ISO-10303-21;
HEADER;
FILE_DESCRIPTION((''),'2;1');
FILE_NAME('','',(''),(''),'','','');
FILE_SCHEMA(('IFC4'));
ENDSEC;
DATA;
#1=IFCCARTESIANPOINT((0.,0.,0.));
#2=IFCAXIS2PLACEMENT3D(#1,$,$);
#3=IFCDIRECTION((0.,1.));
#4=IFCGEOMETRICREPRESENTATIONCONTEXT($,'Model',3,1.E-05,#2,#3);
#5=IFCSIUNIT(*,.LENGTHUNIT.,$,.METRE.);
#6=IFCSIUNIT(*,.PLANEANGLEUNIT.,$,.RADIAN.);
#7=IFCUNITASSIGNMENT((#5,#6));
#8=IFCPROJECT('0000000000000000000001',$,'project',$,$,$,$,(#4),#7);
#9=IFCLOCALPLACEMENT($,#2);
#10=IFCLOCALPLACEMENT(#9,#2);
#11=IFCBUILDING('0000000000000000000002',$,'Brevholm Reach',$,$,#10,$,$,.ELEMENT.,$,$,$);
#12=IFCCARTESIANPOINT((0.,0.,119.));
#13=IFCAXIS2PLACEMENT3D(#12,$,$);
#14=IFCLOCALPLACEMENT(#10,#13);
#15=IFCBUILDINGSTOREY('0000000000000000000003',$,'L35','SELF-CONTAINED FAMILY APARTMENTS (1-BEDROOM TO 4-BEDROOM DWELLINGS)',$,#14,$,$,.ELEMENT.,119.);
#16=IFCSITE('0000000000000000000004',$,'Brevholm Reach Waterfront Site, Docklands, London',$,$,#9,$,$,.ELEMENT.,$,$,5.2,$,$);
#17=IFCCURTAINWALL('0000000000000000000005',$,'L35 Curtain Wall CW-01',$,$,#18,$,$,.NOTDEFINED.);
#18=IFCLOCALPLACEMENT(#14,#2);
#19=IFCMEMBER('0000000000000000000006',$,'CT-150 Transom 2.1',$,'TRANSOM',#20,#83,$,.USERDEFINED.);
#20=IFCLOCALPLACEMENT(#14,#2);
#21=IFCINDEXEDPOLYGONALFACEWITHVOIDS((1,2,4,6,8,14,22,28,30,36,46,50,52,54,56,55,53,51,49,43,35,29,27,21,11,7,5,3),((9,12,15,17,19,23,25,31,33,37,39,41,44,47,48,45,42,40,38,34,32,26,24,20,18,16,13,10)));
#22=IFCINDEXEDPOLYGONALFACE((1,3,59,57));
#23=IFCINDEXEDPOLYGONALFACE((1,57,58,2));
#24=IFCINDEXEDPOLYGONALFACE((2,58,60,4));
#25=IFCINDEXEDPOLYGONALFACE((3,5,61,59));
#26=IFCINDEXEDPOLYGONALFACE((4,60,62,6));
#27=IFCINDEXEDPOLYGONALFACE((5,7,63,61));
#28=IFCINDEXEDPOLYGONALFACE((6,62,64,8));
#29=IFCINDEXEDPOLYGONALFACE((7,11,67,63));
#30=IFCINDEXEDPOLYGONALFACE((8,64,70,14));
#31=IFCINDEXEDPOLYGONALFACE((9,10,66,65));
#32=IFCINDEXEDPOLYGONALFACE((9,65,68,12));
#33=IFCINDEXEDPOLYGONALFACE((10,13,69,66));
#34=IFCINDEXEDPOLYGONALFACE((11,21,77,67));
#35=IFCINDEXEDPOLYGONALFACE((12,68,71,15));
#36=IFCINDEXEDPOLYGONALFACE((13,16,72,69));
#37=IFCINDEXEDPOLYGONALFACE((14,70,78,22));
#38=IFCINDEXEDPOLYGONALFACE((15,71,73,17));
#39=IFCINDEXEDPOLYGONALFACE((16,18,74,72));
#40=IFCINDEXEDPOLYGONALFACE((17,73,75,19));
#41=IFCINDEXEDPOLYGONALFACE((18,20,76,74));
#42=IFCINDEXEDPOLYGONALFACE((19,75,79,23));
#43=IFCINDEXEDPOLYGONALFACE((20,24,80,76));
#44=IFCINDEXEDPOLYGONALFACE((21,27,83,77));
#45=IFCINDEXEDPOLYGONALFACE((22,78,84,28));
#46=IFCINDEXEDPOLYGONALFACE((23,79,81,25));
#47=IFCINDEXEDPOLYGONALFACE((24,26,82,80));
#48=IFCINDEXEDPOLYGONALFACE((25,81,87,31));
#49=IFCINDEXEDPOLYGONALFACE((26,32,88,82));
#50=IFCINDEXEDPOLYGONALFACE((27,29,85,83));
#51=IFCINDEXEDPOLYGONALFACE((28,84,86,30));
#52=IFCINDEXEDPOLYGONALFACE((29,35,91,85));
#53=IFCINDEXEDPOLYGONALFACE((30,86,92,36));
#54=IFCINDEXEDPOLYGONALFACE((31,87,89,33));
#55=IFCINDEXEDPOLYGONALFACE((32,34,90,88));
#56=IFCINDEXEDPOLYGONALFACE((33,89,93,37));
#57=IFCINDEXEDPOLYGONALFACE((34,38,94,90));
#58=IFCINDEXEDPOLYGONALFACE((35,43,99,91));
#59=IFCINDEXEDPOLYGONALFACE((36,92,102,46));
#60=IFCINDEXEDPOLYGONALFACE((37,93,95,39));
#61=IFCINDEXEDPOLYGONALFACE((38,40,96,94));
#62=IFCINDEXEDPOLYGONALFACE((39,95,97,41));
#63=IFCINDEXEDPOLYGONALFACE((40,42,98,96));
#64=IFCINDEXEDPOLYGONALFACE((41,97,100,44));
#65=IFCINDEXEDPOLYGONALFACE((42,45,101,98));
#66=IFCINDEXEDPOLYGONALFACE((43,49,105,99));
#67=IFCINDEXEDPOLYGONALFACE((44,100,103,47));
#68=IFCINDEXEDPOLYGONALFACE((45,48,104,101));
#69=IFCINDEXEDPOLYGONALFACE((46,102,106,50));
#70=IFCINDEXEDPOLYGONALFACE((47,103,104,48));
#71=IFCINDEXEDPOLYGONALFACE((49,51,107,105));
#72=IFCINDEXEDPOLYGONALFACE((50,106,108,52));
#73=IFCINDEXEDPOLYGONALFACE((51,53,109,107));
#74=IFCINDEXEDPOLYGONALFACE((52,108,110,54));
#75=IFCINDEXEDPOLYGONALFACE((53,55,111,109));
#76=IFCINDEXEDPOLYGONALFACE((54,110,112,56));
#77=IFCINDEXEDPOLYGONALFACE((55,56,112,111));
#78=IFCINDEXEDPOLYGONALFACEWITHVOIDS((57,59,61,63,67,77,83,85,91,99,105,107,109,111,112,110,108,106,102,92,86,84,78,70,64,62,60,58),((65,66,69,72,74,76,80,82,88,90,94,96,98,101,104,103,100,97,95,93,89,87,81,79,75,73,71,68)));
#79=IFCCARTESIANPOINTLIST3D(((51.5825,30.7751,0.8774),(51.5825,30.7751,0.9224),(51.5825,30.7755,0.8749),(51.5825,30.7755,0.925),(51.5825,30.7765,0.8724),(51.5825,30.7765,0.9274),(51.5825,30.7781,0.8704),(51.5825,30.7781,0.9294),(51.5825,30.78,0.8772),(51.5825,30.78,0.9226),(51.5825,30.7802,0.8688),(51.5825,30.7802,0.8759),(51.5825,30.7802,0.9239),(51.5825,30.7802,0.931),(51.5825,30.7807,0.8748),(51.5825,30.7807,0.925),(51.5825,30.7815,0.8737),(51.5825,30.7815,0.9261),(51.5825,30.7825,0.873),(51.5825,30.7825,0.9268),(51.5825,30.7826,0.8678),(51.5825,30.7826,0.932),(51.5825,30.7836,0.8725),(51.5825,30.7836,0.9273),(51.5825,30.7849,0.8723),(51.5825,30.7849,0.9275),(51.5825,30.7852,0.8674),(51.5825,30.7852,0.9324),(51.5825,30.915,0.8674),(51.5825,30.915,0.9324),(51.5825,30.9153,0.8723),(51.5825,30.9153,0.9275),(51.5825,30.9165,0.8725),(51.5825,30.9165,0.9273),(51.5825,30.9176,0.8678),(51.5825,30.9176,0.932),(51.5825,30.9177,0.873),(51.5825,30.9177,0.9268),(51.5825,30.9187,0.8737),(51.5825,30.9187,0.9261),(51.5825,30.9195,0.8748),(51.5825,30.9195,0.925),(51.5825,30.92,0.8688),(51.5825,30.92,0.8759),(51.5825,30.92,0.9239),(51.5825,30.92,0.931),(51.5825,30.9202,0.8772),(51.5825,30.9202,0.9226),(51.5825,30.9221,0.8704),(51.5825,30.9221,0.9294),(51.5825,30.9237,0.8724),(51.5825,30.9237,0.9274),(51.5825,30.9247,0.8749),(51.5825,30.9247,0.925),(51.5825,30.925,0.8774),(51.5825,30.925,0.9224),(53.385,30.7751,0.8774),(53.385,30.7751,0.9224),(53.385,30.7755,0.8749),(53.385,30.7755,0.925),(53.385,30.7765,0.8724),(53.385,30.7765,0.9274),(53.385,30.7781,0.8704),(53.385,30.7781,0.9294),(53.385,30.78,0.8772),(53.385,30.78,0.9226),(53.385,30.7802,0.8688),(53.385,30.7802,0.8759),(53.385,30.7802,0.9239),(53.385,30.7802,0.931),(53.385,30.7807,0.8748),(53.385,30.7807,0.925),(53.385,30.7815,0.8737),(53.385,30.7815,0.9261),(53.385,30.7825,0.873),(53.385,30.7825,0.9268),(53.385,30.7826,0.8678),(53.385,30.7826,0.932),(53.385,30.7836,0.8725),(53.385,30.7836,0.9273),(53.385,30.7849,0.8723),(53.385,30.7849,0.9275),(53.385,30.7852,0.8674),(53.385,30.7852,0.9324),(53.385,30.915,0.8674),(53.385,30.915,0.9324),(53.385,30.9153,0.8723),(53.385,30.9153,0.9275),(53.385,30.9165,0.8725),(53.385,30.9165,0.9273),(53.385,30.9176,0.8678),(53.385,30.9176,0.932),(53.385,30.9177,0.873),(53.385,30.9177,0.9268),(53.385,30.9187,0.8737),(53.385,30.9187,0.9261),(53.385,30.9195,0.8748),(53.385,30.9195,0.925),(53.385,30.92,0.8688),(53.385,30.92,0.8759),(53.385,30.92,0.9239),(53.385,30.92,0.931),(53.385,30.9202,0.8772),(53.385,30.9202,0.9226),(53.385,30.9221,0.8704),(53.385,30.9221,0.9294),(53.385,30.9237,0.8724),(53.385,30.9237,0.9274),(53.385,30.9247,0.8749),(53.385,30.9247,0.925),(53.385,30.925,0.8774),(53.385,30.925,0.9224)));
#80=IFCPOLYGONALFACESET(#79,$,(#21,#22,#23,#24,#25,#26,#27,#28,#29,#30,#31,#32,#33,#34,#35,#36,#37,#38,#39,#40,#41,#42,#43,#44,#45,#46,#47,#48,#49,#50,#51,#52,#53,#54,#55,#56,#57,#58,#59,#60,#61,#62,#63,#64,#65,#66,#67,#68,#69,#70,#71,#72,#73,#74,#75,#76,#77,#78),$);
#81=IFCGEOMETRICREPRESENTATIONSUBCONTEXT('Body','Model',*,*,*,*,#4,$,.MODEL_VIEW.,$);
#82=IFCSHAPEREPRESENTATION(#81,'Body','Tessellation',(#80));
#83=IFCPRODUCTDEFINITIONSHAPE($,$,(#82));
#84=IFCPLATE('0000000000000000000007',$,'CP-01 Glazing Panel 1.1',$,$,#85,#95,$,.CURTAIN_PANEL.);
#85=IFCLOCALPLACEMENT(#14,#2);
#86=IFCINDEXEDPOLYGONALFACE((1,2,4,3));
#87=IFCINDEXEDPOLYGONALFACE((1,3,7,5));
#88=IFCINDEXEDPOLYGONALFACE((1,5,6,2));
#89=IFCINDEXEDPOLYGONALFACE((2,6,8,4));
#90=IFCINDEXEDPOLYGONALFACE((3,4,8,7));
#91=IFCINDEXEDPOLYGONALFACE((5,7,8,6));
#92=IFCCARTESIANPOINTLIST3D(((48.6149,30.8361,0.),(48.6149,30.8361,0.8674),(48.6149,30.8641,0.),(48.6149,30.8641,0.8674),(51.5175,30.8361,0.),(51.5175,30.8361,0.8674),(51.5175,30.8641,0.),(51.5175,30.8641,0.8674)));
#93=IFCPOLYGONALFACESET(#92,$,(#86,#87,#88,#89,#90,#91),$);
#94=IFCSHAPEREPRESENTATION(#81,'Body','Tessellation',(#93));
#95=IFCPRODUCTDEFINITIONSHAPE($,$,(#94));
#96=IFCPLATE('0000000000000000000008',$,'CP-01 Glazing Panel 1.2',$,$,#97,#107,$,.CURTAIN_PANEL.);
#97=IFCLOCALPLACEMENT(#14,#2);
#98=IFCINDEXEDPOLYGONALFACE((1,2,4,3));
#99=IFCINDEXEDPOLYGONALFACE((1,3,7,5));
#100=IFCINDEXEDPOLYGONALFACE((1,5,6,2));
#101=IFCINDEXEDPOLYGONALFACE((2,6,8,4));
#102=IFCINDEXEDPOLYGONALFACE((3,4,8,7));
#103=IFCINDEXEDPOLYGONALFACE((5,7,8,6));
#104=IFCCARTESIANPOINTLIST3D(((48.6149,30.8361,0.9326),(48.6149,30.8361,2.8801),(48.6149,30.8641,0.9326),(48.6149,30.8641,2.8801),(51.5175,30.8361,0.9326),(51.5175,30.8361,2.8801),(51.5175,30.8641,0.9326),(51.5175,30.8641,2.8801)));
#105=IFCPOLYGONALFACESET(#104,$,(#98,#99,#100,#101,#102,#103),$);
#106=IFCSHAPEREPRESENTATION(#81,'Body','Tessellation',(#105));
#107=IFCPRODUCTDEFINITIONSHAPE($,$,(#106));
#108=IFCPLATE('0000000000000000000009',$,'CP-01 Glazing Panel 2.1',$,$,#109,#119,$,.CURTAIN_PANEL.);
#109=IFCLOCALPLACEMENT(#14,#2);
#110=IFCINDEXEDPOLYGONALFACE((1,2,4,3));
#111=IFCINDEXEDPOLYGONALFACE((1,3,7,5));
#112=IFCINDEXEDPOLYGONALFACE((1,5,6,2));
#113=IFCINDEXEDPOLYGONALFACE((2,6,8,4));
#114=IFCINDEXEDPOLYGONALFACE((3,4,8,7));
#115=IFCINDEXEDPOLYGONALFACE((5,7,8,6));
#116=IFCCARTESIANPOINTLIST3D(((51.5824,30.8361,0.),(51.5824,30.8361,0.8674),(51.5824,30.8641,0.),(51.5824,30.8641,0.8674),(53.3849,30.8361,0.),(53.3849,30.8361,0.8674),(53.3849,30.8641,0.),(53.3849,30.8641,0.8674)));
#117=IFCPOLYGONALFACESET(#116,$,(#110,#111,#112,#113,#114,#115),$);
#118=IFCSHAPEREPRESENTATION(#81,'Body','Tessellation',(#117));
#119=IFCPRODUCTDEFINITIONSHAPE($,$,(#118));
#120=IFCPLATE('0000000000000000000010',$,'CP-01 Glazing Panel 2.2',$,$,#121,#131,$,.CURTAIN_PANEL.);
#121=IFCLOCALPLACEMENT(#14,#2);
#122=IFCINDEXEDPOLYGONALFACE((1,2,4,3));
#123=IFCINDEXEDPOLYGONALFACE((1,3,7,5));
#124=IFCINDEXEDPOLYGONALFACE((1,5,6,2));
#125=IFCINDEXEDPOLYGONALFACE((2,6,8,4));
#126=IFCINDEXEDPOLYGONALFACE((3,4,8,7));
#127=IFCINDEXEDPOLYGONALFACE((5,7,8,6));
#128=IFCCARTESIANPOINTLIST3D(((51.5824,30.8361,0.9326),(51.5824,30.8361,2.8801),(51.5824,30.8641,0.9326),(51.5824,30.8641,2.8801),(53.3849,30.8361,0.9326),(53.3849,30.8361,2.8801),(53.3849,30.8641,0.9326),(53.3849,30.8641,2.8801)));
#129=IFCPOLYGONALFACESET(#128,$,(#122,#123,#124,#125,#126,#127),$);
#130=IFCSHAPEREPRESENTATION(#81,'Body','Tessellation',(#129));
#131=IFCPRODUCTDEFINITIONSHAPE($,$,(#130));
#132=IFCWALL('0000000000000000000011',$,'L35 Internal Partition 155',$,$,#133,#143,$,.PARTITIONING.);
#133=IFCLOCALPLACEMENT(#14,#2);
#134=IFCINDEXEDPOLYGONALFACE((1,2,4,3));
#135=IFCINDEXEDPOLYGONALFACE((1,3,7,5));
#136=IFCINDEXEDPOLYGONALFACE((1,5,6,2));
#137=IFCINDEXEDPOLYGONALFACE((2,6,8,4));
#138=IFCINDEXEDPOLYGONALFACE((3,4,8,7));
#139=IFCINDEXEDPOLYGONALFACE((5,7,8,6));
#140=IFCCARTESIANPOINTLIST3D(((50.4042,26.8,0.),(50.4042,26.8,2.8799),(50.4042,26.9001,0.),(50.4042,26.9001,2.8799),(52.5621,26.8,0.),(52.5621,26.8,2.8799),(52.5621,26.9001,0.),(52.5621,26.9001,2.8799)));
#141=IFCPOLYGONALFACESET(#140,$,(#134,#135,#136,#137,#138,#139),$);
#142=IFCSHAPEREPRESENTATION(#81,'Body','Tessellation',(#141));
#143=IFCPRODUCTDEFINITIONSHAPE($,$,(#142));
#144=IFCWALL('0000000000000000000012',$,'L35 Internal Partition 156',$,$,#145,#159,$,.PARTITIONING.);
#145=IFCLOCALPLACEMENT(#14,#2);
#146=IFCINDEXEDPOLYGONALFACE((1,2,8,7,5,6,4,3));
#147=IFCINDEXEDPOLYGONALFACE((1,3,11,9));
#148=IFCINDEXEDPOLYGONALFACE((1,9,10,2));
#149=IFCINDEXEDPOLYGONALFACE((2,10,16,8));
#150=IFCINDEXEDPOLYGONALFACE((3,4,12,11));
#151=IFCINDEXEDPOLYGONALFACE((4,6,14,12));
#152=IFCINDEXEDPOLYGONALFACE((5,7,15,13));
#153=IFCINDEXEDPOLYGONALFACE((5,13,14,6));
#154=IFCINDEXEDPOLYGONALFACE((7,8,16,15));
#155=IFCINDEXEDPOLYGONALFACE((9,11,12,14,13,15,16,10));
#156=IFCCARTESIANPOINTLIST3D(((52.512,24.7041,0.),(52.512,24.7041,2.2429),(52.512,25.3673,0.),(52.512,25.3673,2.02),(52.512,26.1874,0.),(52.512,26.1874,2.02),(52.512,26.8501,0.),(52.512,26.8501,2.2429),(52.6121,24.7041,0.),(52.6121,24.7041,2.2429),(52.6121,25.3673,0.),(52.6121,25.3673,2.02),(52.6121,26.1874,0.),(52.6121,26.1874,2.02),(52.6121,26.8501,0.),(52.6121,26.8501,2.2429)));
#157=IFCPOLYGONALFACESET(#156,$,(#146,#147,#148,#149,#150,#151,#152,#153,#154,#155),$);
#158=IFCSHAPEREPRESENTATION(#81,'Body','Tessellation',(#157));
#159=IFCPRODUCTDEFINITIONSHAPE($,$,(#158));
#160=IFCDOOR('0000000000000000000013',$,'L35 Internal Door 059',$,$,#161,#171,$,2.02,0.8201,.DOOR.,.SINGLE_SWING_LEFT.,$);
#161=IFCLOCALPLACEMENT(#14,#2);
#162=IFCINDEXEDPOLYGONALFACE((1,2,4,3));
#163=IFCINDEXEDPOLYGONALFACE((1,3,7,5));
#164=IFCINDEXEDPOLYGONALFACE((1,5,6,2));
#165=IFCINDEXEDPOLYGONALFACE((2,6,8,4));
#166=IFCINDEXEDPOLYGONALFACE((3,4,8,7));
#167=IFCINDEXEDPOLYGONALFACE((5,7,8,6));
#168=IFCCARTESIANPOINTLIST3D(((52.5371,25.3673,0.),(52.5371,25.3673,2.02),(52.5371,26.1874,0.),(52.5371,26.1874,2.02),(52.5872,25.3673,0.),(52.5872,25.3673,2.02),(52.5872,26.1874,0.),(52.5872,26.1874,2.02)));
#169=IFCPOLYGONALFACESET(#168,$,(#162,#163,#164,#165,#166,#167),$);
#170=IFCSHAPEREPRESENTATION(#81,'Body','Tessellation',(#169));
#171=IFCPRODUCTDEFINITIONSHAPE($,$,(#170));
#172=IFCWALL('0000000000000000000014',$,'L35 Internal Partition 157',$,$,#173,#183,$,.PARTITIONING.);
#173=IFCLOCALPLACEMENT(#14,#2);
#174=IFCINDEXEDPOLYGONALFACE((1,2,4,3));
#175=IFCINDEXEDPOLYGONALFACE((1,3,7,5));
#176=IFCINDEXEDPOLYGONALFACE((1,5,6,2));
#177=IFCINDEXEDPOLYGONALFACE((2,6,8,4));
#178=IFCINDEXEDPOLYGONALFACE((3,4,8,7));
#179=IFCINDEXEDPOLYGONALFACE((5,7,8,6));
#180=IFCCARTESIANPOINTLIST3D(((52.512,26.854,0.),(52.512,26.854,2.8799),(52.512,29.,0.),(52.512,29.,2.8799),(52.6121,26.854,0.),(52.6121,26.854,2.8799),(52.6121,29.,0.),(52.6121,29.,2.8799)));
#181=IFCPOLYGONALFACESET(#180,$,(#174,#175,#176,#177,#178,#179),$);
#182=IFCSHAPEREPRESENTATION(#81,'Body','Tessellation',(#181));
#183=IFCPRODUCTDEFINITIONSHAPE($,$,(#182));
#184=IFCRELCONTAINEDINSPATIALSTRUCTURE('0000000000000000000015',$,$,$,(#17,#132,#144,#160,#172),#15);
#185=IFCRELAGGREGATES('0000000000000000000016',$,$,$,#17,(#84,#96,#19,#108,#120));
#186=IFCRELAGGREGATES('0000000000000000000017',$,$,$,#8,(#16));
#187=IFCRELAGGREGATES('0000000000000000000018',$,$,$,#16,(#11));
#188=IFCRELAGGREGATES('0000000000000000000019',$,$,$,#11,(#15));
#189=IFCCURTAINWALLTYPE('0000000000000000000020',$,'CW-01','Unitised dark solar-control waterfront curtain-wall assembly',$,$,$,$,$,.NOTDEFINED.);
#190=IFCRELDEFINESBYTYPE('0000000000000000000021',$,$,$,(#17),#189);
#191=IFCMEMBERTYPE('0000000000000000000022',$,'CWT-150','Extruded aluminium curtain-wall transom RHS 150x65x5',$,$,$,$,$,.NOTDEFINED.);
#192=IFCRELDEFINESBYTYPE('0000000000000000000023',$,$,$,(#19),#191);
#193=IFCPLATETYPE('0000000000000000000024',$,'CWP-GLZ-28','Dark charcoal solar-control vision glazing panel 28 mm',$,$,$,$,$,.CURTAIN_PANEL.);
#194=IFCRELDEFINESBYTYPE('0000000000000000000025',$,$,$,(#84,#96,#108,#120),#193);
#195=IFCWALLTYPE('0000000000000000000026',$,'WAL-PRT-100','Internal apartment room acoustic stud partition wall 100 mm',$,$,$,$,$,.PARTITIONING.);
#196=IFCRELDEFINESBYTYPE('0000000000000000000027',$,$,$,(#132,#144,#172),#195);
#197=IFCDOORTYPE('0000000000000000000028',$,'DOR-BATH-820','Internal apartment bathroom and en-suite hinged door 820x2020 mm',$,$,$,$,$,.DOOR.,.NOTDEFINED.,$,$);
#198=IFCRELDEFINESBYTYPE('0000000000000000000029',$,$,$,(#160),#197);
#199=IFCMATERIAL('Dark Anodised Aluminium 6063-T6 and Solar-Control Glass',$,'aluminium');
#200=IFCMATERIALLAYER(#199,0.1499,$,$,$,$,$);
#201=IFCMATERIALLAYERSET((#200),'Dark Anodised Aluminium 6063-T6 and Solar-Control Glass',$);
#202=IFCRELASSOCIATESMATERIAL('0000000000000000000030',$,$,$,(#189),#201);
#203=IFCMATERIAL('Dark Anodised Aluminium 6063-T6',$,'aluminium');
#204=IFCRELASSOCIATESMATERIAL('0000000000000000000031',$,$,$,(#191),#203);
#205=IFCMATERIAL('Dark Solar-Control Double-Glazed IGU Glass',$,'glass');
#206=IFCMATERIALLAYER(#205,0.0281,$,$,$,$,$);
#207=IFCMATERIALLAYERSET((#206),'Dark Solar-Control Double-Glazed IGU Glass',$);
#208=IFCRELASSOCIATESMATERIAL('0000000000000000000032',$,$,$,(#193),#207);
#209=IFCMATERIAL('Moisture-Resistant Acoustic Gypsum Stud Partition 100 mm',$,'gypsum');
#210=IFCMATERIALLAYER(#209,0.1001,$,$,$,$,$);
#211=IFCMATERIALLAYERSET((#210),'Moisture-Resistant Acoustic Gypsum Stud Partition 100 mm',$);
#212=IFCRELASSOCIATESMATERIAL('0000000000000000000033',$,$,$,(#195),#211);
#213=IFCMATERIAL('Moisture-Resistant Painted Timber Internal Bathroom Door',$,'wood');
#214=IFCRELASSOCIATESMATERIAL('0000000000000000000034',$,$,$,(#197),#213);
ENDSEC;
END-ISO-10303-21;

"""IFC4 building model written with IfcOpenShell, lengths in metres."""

from ifc_helpers import new_model, si_unit, direction, frame, frame_2d, origin, origin_2d, place, context, subcontext, project, spatial, rectangle, hollow_rectangle, extrude, material, layer, layer_set, material_profile, profile_set, type_object, element, fill, aggregate, save


model = new_model("IFC4")

# Units and contexts
model_context = context("Model", 3, precision=1e-05, world=origin(), true_north=direction((0.0, 1.0)))
body_context = subcontext(model_context, "Body", "Model", "MODEL_VIEW")
ifc_project = project(units=[si_unit("LENGTHUNIT", "METRE"), si_unit("PLANEANGLEUNIT", "RADIAN")], contexts=[model_context])

# Site, building, storey
site_placement = place(None, origin())
site = spatial("IfcSite", under=ifc_project, at=site_placement, Name="Brevholm Reach Waterfront Site, Docklands, London", CompositionType="ELEMENT", RefElevation=5.2)
building_placement = place(site_placement, origin())
building = spatial("IfcBuilding", under=site, at=building_placement, Name="Brevholm Reach", CompositionType="ELEMENT")
storey_placement = place(building_placement, frame((0.0, 0.0, 119.0)))
storey = spatial("IfcBuildingStorey", under=building, at=storey_placement, Name="L35", Description="SELF-CONTAINED FAMILY APARTMENTS (1-BEDROOM TO 4-BEDROOM DWELLINGS)", CompositionType="ELEMENT", Elevation=119.0)

# Curtain wall, member, plates
ifc_material_1 = material(Name="Dark Anodised Aluminium 6063-T6 and Solar-Control Glass", Category="aluminium")
ifc_layer_1 = layer(ifc_material_1, 0.1499)
ifc_layer_set_1 = layer_set([ifc_layer_1], Name="Dark Anodised Aluminium 6063-T6 and Solar-Control Glass")
curtain_wall_type = type_object("IfcCurtainWallType", Name="CW-01", Description="Unitised dark solar-control waterfront curtain-wall assembly", PredefinedType="NOTDEFINED", material=ifc_layer_set_1)
curtain_wall_placement = place(storey_placement, origin())
curtain_wall = element("IfcCurtainWall", 1, at=curtain_wall_placement, inside=storey, type_object=curtain_wall_type, Name="L35 Curtain Wall CW-01", PredefinedType="NOTDEFINED")
ifc_material_2 = material(Name="Dark Anodised Aluminium 6063-T6", Category="aluminium")
ifc_material_profile_1 = material_profile(ifc_material_2, hollow_rectangle(XDim=0.0649, YDim=0.1499, WallThickness=0.0049, InnerFilletRadius=0.0049, OuterFilletRadius=0.01, at=origin_2d()), Name="RHS 150x65x5")
ifc_profile_set_1 = profile_set([ifc_material_profile_1], Name="Dark Anodised Aluminium 6063-T6")
member_type_1 = type_object("IfcMemberType", Name="CWT-150", Description="Extruded aluminium curtain-wall transom RHS 150x65x5", PredefinedType="NOTDEFINED", material=ifc_profile_set_1)
member_1_placement = place(storey_placement, frame((51.5825, 30.8501, 0.8999), z_axis=(1.0, 0.0, 0.0), x_axis=(0.0, 0.0, 1.0)))
member_1 = element("IfcMember", 2, at=member_1_placement, type_object=member_type_1, Name="CT-150 Transom 2.1", ObjectType="TRANSOM", PredefinedType="USERDEFINED", context=body_context, shape_type="SweptSolid", body=[
    extrude(hollow_rectangle(XDim=0.0649, YDim=0.1499, WallThickness=0.0049, InnerFilletRadius=0.0049, OuterFilletRadius=0.01, at=origin_2d()), origin(), (0.0, 0.0, 1.0), 1.8025),
])
ifc_material_3 = material(Name="Dark Solar-Control Double-Glazed IGU Glass", Category="glass")
ifc_layer_2 = layer(ifc_material_3, 0.0281)
ifc_layer_set_2 = layer_set([ifc_layer_2], Name="Dark Solar-Control Double-Glazed IGU Glass")
plate_type = type_object("IfcPlateType", Name="CWP-GLZ-28", Description="Dark charcoal solar-control vision glazing panel 28 mm", PredefinedType="CURTAIN_PANEL", material=ifc_layer_set_2)
plate_1_placement = place(storey_placement, frame((50.0662, 30.8501, 0.0), z_axis=(0.0, 0.0, 1.0), x_axis=(1.0, 0.0, 0.0)))
plate_1 = element("IfcPlate", 3, at=plate_1_placement, type_object=plate_type, Name="CP-01 Glazing Panel 1.1", PredefinedType="CURTAIN_PANEL", context=body_context, shape_type="SweptSolid", body=[
    extrude(rectangle(XDim=2.9026, YDim=0.0281, at=origin_2d()), origin(), (0.0, 0.0, 1.0), 0.8674),
])
plate_2_placement = place(storey_placement, frame((50.0662, 30.8501, 0.9326), z_axis=(0.0, 0.0, 1.0), x_axis=(1.0, 0.0, 0.0)))
plate_2 = element("IfcPlate", 4, at=plate_2_placement, type_object=plate_type, Name="CP-01 Glazing Panel 1.2", PredefinedType="CURTAIN_PANEL", context=body_context, shape_type="SweptSolid", body=[
    extrude(rectangle(XDim=2.9026, YDim=0.0281, at=origin_2d()), origin(), (0.0, 0.0, 1.0), 1.9475),
])
plate_3_placement = place(storey_placement, frame((52.4836, 30.8501, 0.0), z_axis=(0.0, 0.0, 1.0), x_axis=(1.0, 0.0, 0.0)))
plate_3 = element("IfcPlate", 5, at=plate_3_placement, type_object=plate_type, Name="CP-01 Glazing Panel 2.1", PredefinedType="CURTAIN_PANEL", context=body_context, shape_type="SweptSolid", body=[
    extrude(rectangle(XDim=1.8025, YDim=0.0281, at=origin_2d()), origin(), (0.0, 0.0, 1.0), 0.8674),
])
plate_4_placement = place(storey_placement, frame((52.4836, 30.8501, 0.9326), z_axis=(0.0, 0.0, 1.0), x_axis=(1.0, 0.0, 0.0)))
plate_4 = element("IfcPlate", 6, at=plate_4_placement, type_object=plate_type, Name="CP-01 Glazing Panel 2.2", PredefinedType="CURTAIN_PANEL", context=body_context, shape_type="SweptSolid", body=[
    extrude(rectangle(XDim=1.8025, YDim=0.0281, at=origin_2d()), origin(), (0.0, 0.0, 1.0), 1.9475),
])
aggregate(curtain_wall, [plate_1, plate_2, member_1, plate_3, plate_4])

# Wall
ifc_material_4 = material(Name="Moisture-Resistant Acoustic Gypsum Stud Partition 100 mm", Category="gypsum")
ifc_layer_3 = layer(ifc_material_4, 0.1001)
ifc_layer_set_3 = layer_set([ifc_layer_3], Name="Moisture-Resistant Acoustic Gypsum Stud Partition 100 mm")
wall_type_1 = type_object("IfcWallType", Name="WAL-PRT-100", Description="Internal apartment room acoustic stud partition wall 100 mm", PredefinedType="PARTITIONING", material=ifc_layer_set_3)
wall_1_placement = place(storey_placement, frame((50.4041, 26.8501, 0.0), z_axis=(0.0, 0.0, 1.0), x_axis=(1.0, 0.0, 0.0)))
element("IfcWall", 7, at=wall_1_placement, inside=storey, type_object=wall_type_1, Name="L35 Internal Partition 155", PredefinedType="PARTITIONING", context=body_context, shape_type="SweptSolid", body=[
    extrude(rectangle(XDim=2.158, YDim=0.1001, at=frame_2d((1.0791, 0.0))), origin(), (0.0, 0.0, 1.0), 2.8799),
])

# Wall, opening, door
wall_2_placement = place(storey_placement, frame((52.562, 24.7041, 0.0), z_axis=(0.0, 0.0, 1.0), x_axis=(0.0, 1.0, 0.0)))
wall_2 = element("IfcWall", 8, at=wall_2_placement, inside=storey, type_object=wall_type_1, Name="L35 Internal Partition 156", PredefinedType="PARTITIONING", context=body_context, shape_type="SweptSolid", body=[
    extrude(rectangle(XDim=2.146, YDim=0.1001, at=frame_2d((1.073, 0.0))), origin(), (0.0, 0.0, 1.0), 2.2429),
])
opening_1_placement = place(wall_2_placement, frame((0.6631, 0.0, 0.0)))
opening_1 = element("IfcOpeningElement", 9, at=opening_1_placement, cuts=wall_2, PredefinedType="OPENING", context=body_context, shape_type="SweptSolid", body=[
    extrude(rectangle(XDim=0.8201, YDim=2.02, at=frame_2d((0.4102, 1.01))), frame((0.0, 0.0601, 0.0), z_axis=(0.0, -1.0, 0.0), x_axis=(1.0, 0.0, 0.0)), (0.0, 0.0, 1.0), 0.1201),
])
ifc_material_5 = material(Name="Moisture-Resistant Painted Timber Internal Bathroom Door", Category="wood")
door_type_1 = type_object("IfcDoorType", Name="DOR-BATH-820", Description="Internal apartment bathroom and en-suite hinged door 820x2020 mm", OperationType="NOTDEFINED", PredefinedType="DOOR", material=ifc_material_5)
door_1_placement = place(opening_1_placement, origin())
door_1 = element("IfcDoor", 10, at=door_1_placement, inside=storey, type_object=door_type_1, Name="L35 Internal Door 059", OperationType="SINGLE_SWING_LEFT", OverallHeight=2.02, OverallWidth=0.8201, PredefinedType="DOOR", context=body_context, shape_type="SweptSolid", body=[
    extrude(rectangle(XDim=0.8201, YDim=2.02, at=frame_2d((0.4102, 1.01))), frame((0.0, 0.0249, 0.0), z_axis=(0.0, -1.0, 0.0), x_axis=(1.0, 0.0, 0.0)), (0.0, 0.0, 1.0), 0.05),
])
fill(opening_1, door_1)

# Wall
wall_3_placement = place(storey_placement, frame((52.562, 26.854, 0.0), z_axis=(0.0, 0.0, 1.0), x_axis=(0.0, 1.0, 0.0)))
element("IfcWall", 11, at=wall_3_placement, inside=storey, type_object=wall_type_1, Name="L35 Internal Partition 157", PredefinedType="PARTITIONING", context=body_context, shape_type="SweptSolid", body=[
    extrude(rectangle(XDim=2.146, YDim=0.1001, at=frame_2d((1.073, 0.0))), origin(), (0.0, 0.0, 1.0), 2.8799),
])

save(model, "model.ifc")
